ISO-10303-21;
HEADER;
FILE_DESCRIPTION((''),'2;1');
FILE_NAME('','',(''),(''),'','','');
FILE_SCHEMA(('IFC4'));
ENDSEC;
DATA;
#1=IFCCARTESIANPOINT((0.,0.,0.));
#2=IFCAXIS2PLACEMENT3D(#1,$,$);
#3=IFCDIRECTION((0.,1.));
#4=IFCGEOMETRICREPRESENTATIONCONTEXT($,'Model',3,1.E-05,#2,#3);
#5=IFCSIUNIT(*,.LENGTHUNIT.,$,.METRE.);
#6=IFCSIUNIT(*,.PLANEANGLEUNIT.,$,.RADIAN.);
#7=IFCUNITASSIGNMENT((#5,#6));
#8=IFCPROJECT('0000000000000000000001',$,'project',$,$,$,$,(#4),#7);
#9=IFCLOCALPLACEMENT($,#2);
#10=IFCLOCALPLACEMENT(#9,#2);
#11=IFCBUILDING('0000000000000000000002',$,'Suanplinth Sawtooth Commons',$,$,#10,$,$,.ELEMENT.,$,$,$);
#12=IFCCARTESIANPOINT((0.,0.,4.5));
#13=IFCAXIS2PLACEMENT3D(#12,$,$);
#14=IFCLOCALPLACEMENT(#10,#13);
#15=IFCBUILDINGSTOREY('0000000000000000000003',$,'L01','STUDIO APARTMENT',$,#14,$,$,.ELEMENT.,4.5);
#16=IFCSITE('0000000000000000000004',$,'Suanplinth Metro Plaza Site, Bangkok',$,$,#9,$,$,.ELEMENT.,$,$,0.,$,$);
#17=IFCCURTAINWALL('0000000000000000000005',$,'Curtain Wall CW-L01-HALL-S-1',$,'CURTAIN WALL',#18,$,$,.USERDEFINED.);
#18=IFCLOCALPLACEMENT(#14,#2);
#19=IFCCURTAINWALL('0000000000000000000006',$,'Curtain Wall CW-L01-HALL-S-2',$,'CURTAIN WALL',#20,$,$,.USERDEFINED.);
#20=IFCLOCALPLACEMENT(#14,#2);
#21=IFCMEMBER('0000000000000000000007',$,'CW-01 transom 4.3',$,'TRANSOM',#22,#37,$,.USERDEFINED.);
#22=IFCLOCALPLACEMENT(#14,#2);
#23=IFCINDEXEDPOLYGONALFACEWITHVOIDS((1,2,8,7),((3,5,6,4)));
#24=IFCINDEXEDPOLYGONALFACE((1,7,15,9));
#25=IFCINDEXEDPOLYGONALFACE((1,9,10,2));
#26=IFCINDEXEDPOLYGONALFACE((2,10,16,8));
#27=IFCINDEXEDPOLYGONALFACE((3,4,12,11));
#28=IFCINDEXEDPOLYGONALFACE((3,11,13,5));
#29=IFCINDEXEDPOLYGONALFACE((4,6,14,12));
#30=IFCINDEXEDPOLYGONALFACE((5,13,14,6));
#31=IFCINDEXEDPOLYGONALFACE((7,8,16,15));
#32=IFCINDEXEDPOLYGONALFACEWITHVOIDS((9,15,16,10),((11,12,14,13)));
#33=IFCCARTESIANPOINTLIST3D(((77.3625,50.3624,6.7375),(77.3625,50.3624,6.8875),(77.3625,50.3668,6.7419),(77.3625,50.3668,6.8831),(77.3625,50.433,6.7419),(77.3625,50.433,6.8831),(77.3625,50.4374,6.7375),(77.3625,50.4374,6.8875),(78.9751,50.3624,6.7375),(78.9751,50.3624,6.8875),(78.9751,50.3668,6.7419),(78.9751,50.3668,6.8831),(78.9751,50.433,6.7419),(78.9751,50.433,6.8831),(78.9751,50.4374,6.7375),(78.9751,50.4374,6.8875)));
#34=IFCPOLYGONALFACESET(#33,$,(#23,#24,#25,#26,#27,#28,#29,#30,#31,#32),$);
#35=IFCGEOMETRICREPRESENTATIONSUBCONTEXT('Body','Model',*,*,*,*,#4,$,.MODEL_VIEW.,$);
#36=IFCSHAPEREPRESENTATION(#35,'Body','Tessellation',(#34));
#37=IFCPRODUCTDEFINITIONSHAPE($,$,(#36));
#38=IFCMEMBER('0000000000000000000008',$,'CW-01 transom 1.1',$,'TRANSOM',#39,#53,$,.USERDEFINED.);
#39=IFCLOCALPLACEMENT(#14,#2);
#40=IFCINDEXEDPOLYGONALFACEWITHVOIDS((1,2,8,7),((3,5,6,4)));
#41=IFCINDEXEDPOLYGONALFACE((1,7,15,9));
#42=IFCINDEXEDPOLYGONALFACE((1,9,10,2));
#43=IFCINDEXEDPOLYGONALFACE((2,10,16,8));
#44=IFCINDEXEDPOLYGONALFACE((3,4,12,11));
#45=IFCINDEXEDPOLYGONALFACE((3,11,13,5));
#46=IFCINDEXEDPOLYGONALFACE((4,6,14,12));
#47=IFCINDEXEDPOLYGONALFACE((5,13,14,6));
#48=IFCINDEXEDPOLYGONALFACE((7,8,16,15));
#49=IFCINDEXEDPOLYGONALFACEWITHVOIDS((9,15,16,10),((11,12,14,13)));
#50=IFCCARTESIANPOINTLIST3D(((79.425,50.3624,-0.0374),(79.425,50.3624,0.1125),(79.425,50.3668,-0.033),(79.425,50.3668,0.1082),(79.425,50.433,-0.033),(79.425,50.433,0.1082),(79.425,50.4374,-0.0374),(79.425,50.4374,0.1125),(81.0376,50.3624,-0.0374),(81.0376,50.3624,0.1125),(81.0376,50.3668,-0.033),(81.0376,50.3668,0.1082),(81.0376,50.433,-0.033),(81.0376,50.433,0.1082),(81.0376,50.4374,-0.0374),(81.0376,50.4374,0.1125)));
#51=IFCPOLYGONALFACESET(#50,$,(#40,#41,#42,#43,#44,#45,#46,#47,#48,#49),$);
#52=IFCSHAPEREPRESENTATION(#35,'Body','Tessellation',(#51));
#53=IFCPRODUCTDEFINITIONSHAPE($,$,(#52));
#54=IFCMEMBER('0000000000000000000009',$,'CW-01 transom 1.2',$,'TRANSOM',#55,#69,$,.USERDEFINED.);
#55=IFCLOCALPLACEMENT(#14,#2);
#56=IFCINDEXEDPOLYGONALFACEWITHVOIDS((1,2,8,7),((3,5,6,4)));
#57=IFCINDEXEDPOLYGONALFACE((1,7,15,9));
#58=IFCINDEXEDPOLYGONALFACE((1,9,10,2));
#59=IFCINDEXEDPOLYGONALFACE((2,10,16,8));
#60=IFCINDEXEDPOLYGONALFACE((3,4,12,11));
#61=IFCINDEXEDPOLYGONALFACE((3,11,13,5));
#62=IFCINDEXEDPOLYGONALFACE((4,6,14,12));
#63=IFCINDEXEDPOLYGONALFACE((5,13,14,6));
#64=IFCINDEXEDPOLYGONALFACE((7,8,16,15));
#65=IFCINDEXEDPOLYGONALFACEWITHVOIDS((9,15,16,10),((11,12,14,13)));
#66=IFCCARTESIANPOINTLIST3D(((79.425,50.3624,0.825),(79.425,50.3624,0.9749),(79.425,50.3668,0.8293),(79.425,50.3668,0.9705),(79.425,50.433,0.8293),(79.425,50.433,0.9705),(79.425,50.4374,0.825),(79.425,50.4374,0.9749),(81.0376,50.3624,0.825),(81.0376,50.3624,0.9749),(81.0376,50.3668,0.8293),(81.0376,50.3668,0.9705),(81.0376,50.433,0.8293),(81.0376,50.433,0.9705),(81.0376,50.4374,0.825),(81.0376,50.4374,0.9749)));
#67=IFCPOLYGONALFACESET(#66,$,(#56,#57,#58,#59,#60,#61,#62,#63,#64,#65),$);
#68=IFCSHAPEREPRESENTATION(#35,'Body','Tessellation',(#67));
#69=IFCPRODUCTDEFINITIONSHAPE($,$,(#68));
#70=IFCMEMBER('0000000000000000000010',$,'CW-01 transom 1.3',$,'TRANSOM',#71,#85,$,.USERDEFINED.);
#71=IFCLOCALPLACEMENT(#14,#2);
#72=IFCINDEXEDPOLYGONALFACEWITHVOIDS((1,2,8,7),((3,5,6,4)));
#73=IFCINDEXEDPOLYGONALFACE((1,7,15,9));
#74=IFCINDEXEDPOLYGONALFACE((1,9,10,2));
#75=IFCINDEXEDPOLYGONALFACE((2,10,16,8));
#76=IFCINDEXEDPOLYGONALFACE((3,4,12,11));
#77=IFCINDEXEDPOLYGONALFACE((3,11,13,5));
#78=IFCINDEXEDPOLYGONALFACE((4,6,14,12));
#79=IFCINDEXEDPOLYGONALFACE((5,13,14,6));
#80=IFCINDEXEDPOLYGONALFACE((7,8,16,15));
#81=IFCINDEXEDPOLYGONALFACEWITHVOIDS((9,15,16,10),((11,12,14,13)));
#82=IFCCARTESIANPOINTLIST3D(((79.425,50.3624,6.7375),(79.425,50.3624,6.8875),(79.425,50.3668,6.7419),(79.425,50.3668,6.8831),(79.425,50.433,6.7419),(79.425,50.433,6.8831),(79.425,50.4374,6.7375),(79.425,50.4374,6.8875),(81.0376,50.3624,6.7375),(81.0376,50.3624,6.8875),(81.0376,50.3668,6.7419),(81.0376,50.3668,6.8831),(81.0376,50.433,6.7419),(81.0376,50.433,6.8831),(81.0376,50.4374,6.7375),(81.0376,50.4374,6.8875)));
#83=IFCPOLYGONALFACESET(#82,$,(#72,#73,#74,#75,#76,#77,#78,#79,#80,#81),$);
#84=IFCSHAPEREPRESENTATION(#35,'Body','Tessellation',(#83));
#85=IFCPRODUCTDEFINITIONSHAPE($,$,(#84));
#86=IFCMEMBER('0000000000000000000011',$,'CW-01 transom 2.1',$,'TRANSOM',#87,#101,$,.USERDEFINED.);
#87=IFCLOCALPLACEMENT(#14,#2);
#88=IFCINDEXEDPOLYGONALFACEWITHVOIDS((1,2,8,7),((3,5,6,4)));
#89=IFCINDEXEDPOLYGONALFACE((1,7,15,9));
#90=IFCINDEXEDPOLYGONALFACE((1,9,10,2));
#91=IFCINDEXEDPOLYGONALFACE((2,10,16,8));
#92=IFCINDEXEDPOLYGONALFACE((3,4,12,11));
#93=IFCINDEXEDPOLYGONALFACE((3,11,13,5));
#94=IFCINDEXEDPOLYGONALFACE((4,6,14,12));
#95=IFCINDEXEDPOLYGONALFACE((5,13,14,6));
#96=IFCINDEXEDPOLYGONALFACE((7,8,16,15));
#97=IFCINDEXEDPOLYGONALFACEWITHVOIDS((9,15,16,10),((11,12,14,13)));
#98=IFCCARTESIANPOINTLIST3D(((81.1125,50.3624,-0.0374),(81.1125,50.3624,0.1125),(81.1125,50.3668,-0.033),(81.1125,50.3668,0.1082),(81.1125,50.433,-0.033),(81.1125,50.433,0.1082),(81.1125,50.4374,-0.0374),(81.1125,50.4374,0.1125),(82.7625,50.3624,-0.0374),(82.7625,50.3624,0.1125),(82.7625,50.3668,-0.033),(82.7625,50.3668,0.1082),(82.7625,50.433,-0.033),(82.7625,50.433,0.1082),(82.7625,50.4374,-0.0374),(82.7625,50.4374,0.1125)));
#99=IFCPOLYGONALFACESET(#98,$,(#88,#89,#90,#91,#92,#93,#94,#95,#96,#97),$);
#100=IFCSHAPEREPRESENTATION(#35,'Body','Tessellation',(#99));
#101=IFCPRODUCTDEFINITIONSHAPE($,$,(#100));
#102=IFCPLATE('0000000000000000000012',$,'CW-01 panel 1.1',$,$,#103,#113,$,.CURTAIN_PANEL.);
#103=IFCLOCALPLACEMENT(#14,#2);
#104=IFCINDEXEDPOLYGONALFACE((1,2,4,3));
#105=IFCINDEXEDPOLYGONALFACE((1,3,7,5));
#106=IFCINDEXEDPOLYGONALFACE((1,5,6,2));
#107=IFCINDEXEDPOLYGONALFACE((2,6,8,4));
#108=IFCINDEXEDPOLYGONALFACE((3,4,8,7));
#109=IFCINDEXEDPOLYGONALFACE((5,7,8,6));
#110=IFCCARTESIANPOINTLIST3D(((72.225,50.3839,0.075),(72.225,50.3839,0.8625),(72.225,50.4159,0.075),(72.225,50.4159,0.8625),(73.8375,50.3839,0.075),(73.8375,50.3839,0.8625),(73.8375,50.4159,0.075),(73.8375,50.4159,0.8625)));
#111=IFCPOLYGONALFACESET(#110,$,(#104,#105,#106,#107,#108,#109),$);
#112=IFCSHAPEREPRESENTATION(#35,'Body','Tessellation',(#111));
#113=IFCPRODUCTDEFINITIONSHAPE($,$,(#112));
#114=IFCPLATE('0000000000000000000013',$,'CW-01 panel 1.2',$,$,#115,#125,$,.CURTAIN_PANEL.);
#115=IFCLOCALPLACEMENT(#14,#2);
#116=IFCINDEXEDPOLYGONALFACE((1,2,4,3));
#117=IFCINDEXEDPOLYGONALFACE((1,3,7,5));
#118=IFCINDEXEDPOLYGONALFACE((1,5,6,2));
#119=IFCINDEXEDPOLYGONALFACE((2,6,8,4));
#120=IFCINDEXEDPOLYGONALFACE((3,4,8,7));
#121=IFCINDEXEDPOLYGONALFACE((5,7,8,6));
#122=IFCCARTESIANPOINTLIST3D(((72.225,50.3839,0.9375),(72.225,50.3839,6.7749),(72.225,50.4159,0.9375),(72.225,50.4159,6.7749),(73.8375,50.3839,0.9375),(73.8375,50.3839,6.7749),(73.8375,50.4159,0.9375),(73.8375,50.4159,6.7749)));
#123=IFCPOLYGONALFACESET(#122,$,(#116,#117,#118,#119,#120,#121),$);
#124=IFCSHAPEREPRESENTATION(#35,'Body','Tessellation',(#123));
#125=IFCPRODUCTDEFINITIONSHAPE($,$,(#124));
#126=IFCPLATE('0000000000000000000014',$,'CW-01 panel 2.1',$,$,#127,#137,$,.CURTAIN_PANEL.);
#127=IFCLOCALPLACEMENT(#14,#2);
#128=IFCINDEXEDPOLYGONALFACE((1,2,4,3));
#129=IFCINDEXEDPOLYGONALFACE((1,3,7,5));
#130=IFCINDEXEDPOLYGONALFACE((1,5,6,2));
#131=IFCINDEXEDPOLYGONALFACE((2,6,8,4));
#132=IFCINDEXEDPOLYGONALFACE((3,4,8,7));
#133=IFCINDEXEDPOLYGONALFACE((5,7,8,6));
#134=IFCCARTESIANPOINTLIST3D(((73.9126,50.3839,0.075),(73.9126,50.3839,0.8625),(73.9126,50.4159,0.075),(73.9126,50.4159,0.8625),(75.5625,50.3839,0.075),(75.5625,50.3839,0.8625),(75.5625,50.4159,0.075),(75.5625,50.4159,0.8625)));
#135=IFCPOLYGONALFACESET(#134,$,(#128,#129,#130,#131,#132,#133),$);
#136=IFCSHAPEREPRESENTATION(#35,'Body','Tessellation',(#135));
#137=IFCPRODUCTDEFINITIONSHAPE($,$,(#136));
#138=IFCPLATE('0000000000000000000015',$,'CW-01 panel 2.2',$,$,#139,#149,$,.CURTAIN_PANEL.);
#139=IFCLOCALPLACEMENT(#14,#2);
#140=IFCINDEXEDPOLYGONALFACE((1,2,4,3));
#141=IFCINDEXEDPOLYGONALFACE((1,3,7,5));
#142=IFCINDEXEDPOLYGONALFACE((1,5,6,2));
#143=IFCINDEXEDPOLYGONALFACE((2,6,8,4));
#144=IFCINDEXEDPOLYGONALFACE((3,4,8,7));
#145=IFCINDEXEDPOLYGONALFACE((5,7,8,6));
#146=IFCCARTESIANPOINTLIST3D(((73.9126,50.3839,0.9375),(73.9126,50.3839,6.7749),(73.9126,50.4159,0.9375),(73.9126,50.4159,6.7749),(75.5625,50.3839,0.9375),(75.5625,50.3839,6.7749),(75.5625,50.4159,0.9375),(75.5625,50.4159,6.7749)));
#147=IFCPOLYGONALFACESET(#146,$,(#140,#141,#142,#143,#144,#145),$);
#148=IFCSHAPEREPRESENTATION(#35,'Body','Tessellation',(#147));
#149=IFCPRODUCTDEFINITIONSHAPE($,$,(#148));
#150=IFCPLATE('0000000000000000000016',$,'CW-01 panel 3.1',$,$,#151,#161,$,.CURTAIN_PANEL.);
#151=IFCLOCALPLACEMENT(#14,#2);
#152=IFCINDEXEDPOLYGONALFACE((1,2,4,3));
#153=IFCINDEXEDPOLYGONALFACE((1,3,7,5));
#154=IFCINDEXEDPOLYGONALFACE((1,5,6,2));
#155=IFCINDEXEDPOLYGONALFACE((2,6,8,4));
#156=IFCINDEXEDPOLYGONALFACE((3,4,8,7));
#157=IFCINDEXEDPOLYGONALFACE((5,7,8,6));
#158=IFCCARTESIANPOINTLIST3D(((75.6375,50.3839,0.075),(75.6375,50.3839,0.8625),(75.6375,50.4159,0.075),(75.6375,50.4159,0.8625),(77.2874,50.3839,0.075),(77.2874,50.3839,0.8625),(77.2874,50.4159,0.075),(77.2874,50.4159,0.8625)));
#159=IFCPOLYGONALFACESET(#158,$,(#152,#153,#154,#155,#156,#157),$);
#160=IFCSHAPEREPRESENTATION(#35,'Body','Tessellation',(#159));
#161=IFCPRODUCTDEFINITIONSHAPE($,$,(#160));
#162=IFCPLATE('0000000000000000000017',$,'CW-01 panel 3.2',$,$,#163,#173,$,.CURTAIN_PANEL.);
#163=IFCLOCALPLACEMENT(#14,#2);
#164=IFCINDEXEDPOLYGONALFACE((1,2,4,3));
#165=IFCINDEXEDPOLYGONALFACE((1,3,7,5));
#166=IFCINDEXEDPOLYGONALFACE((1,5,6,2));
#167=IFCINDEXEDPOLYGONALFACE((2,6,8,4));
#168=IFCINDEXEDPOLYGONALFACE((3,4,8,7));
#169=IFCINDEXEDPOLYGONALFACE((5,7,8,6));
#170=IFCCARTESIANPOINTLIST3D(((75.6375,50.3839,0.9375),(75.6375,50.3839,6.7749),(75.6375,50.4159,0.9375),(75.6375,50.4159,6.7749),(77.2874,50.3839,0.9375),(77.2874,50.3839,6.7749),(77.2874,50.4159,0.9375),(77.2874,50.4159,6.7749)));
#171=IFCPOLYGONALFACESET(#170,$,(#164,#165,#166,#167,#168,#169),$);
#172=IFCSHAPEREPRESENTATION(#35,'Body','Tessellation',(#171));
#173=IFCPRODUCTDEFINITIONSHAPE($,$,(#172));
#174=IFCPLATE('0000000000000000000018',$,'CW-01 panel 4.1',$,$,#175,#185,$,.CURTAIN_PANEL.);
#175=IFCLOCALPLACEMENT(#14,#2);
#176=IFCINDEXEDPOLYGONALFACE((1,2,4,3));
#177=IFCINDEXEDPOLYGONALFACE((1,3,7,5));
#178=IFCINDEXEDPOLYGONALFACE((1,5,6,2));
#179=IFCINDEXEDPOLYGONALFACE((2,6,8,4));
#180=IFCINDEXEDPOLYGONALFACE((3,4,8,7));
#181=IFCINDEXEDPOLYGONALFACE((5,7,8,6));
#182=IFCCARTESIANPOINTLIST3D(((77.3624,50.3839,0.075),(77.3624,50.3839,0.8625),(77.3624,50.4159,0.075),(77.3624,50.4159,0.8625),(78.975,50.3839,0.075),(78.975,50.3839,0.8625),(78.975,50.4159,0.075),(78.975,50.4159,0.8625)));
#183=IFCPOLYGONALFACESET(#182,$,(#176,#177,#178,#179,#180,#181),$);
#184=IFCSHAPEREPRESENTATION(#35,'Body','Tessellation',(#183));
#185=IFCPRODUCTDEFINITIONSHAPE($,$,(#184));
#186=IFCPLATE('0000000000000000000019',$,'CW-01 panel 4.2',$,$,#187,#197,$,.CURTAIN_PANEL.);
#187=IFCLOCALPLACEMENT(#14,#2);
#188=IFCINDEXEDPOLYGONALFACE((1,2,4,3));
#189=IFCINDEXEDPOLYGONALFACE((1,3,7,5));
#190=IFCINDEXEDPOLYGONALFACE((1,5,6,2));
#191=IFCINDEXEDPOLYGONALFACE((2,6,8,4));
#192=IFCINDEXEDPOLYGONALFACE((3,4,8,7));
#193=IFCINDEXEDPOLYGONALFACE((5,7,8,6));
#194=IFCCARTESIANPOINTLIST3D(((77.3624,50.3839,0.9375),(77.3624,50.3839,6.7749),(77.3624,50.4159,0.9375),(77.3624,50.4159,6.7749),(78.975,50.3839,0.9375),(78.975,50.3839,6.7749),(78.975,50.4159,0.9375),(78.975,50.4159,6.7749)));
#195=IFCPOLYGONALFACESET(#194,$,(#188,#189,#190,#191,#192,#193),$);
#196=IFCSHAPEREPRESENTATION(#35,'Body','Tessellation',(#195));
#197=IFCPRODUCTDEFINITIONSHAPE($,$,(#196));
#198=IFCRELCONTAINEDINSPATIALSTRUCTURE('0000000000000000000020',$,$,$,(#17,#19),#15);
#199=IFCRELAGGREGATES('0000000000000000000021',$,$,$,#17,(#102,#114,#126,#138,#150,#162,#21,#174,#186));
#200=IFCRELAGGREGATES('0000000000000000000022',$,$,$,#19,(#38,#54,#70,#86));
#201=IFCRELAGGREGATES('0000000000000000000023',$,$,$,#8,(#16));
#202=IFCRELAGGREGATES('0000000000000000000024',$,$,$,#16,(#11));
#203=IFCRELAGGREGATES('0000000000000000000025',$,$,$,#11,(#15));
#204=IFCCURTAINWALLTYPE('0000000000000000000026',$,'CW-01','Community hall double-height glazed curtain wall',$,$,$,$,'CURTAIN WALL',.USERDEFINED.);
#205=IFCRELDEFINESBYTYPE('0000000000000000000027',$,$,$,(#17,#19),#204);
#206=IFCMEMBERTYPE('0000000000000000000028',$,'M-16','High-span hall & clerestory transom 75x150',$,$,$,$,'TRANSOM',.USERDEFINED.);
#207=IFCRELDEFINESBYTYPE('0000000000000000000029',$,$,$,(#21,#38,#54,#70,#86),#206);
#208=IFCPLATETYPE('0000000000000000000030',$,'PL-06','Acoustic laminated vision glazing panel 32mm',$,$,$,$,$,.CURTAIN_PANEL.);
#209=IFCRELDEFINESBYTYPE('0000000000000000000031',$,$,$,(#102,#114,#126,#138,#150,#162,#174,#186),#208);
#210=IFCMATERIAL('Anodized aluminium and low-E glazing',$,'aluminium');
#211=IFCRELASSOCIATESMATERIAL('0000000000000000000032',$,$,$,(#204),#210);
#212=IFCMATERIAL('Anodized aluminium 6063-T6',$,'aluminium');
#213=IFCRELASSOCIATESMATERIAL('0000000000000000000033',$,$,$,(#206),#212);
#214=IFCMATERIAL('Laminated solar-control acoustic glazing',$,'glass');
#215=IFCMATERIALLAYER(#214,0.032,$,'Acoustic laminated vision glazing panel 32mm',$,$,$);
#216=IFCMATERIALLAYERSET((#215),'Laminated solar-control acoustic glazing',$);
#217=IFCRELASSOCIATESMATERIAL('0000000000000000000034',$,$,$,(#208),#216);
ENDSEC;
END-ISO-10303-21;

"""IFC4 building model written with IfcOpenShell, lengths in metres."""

from ifc_helpers import new_model, si_unit, direction, frame, origin, origin_2d, place, context, subcontext, project, spatial, rectangle, hollow_rectangle, extrude, material, layer, layer_set, material_profile, profile_set, type_object, element, aggregate, save


model = new_model("IFC4")

# Units and contexts
model_context = context("Model", 3, precision=1e-05, world=origin(), true_north=direction((0.0, 1.0)))
body_context = subcontext(model_context, "Body", "Model", "MODEL_VIEW")
ifc_project = project(units=[si_unit("LENGTHUNIT", "METRE"), si_unit("PLANEANGLEUNIT", "RADIAN")], contexts=[model_context])

# Site, building, storey
site_placement = place(None, origin())
site = spatial("IfcSite", under=ifc_project, at=site_placement, Name="Suanplinth Metro Plaza Site, Bangkok", CompositionType="ELEMENT", RefElevation=0.0)
building_placement = place(site_placement, origin())
building = spatial("IfcBuilding", under=site, at=building_placement, Name="Suanplinth Sawtooth Commons", CompositionType="ELEMENT")
storey_placement = place(building_placement, frame((0.0, 0.0, 4.5)))
storey = spatial("IfcBuildingStorey", under=building, at=storey_placement, Name="L01", Description="STUDIO APARTMENT", CompositionType="ELEMENT", Elevation=4.5)

# Curtain walls
ifc_material_1 = material(Name="Anodized aluminium and low-E glazing", Category="aluminium")
curtain_wall_type = type_object("IfcCurtainWallType", Name="CW-01", Description="Community hall double-height glazed curtain wall", ElementType="CURTAIN WALL", PredefinedType="USERDEFINED", material=ifc_material_1)
curtain_wall_1_placement = place(storey_placement, origin())
curtain_wall_1 = element("IfcCurtainWall", 1, at=curtain_wall_1_placement, inside=storey, type_object=curtain_wall_type, Name="Curtain Wall CW-L01-HALL-S-1", ObjectType="CURTAIN WALL", PredefinedType="USERDEFINED")
ifc_material_2 = material(Name="Anodized aluminium 6063-T6", Category="aluminium")
curtain_wall_2_placement = place(storey_placement, origin())
curtain_wall_2 = element("IfcCurtainWall", 2, at=curtain_wall_2_placement, inside=storey, type_object=curtain_wall_type, Name="Curtain Wall CW-L01-HALL-S-2", ObjectType="CURTAIN WALL", PredefinedType="USERDEFINED")

# Members
ifc_material_profile_1 = material_profile(ifc_material_2, hollow_rectangle(XDim=0.075, YDim=0.1499, WallThickness=0.0044, at=origin_2d()), Name="ALU-TRN 75x150")
ifc_profile_set_1 = profile_set([ifc_material_profile_1], Name="Anodized aluminium 6063-T6")
member_type_1 = type_object("IfcMemberType", Name="M-16", Description="High-span hall & clerestory transom 75x150", ElementType="TRANSOM", PredefinedType="USERDEFINED", material=ifc_profile_set_1)
member_1_placement = place(storey_placement, frame((77.3625, 50.3999, 6.8125), z_axis=(1.0, 0.0, 0.0), x_axis=(0.0, 1.0, 0.0)))
member_1 = element("IfcMember", 3, at=member_1_placement, type_object=member_type_1, Name="CW-01 transom 4.3", ObjectType="TRANSOM", PredefinedType="USERDEFINED", context=body_context, shape_type="SweptSolid", body=[
    extrude(hollow_rectangle(XDim=0.075, YDim=0.1499, WallThickness=0.0044, at=origin_2d()), origin(), (0.0, 0.0, 1.0), 1.6125),
])
member_2_placement = place(storey_placement, frame((79.425, 50.3999, 0.0376), z_axis=(1.0, 0.0, 0.0), x_axis=(0.0, 1.0, 0.0)))
member_2 = element("IfcMember", 4, at=member_2_placement, type_object=member_type_1, Name="CW-01 transom 1.1", ObjectType="TRANSOM", PredefinedType="USERDEFINED", context=body_context, shape_type="SweptSolid", body=[
    extrude(hollow_rectangle(XDim=0.075, YDim=0.1499, WallThickness=0.0044, at=origin_2d()), origin(), (0.0, 0.0, 1.0), 1.6125),
])
member_3_placement = place(storey_placement, frame((79.425, 50.3999, 0.8999), z_axis=(1.0, 0.0, 0.0), x_axis=(0.0, 1.0, 0.0)))
member_3 = element("IfcMember", 5, at=member_3_placement, type_object=member_type_1, Name="CW-01 transom 1.2", ObjectType="TRANSOM", PredefinedType="USERDEFINED", context=body_context, shape_type="SweptSolid", body=[
    extrude(hollow_rectangle(XDim=0.075, YDim=0.1499, WallThickness=0.0044, at=origin_2d()), origin(), (0.0, 0.0, 1.0), 1.6125),
])
member_4_placement = place(storey_placement, frame((79.425, 50.3999, 6.8125), z_axis=(1.0, 0.0, 0.0), x_axis=(0.0, 1.0, 0.0)))
member_4 = element("IfcMember", 6, at=member_4_placement, type_object=member_type_1, Name="CW-01 transom 1.3", ObjectType="TRANSOM", PredefinedType="USERDEFINED", context=body_context, shape_type="SweptSolid", body=[
    extrude(hollow_rectangle(XDim=0.075, YDim=0.1499, WallThickness=0.0044, at=origin_2d()), origin(), (0.0, 0.0, 1.0), 1.6125),
])
member_5_placement = place(storey_placement, frame((81.1125, 50.3999, 0.0376), z_axis=(1.0, 0.0, 0.0), x_axis=(0.0, 1.0, 0.0)))
member_5 = element("IfcMember", 7, at=member_5_placement, type_object=member_type_1, Name="CW-01 transom 2.1", ObjectType="TRANSOM", PredefinedType="USERDEFINED", context=body_context, shape_type="SweptSolid", body=[
    extrude(hollow_rectangle(XDim=0.075, YDim=0.1499, WallThickness=0.0044, at=origin_2d()), origin(), (0.0, 0.0, 1.0), 1.6499),
])

# Plates
ifc_material_3 = material(Name="Laminated solar-control acoustic glazing", Category="glass")
ifc_layer = layer(ifc_material_3, 0.032, Name="Acoustic laminated vision glazing panel 32mm")
ifc_layer_set = layer_set([ifc_layer], Name="Laminated solar-control acoustic glazing")
plate_type = type_object("IfcPlateType", Name="PL-06", Description="Acoustic laminated vision glazing panel 32mm", PredefinedType="CURTAIN_PANEL", material=ifc_layer_set)
plate_1_placement = place(storey_placement, frame((73.0312, 50.3999, 0.075), z_axis=(0.0, 0.0, 1.0), x_axis=(1.0, 0.0, 0.0)))
plate_1 = element("IfcPlate", 8, at=plate_1_placement, type_object=plate_type, Name="CW-01 panel 1.1", PredefinedType="CURTAIN_PANEL", context=body_context, shape_type="SweptSolid", body=[
    extrude(rectangle(XDim=1.6125, YDim=0.032, at=origin_2d()), origin(), (0.0, 0.0, 1.0), 0.7876),
])
plate_2_placement = place(storey_placement, frame((73.0312, 50.3999, 0.9375), z_axis=(0.0, 0.0, 1.0), x_axis=(1.0, 0.0, 0.0)))
plate_2 = element("IfcPlate", 9, at=plate_2_placement, type_object=plate_type, Name="CW-01 panel 1.2", PredefinedType="CURTAIN_PANEL", context=body_context, shape_type="SweptSolid", body=[
    extrude(rectangle(XDim=1.6125, YDim=0.032, at=origin_2d()), origin(), (0.0, 0.0, 1.0), 5.8374),
])
plate_3_placement = place(storey_placement, frame((74.7375, 50.3999, 0.075), z_axis=(0.0, 0.0, 1.0), x_axis=(1.0, 0.0, 0.0)))
plate_3 = element("IfcPlate", 10, at=plate_3_placement, type_object=plate_type, Name="CW-01 panel 2.1", PredefinedType="CURTAIN_PANEL", context=body_context, shape_type="SweptSolid", body=[
    extrude(rectangle(XDim=1.6499, YDim=0.032, at=origin_2d()), origin(), (0.0, 0.0, 1.0), 0.7876),
])
plate_4_placement = place(storey_placement, frame((74.7375, 50.3999, 0.9375), z_axis=(0.0, 0.0, 1.0), x_axis=(1.0, 0.0, 0.0)))
plate_4 = element("IfcPlate", 11, at=plate_4_placement, type_object=plate_type, Name="CW-01 panel 2.2", PredefinedType="CURTAIN_PANEL", context=body_context, shape_type="SweptSolid", body=[
    extrude(rectangle(XDim=1.6499, YDim=0.032, at=origin_2d()), origin(), (0.0, 0.0, 1.0), 5.8374),
])
plate_5_placement = place(storey_placement, frame((76.4624, 50.3999, 0.075), z_axis=(0.0, 0.0, 1.0), x_axis=(1.0, 0.0, 0.0)))
plate_5 = element("IfcPlate", 12, at=plate_5_placement, type_object=plate_type, Name="CW-01 panel 3.1", PredefinedType="CURTAIN_PANEL", context=body_context, shape_type="SweptSolid", body=[
    extrude(rectangle(XDim=1.6499, YDim=0.032, at=origin_2d()), origin(), (0.0, 0.0, 1.0), 0.7876),
])
plate_6_placement = place(storey_placement, frame((76.4624, 50.3999, 0.9375), z_axis=(0.0, 0.0, 1.0), x_axis=(1.0, 0.0, 0.0)))
plate_6 = element("IfcPlate", 13, at=plate_6_placement, type_object=plate_type, Name="CW-01 panel 3.2", PredefinedType="CURTAIN_PANEL", context=body_context, shape_type="SweptSolid", body=[
    extrude(rectangle(XDim=1.6499, YDim=0.032, at=origin_2d()), origin(), (0.0, 0.0, 1.0), 5.8374),
])
plate_7_placement = place(storey_placement, frame((78.1687, 50.3999, 0.075), z_axis=(0.0, 0.0, 1.0), x_axis=(1.0, 0.0, 0.0)))
plate_7 = element("IfcPlate", 14, at=plate_7_placement, type_object=plate_type, Name="CW-01 panel 4.1", PredefinedType="CURTAIN_PANEL", context=body_context, shape_type="SweptSolid", body=[
    extrude(rectangle(XDim=1.6125, YDim=0.032, at=origin_2d()), origin(), (0.0, 0.0, 1.0), 0.7876),
])
plate_8_placement = place(storey_placement, frame((78.1687, 50.3999, 0.9375), z_axis=(0.0, 0.0, 1.0), x_axis=(1.0, 0.0, 0.0)))
plate_8 = element("IfcPlate", 15, at=plate_8_placement, type_object=plate_type, Name="CW-01 panel 4.2", PredefinedType="CURTAIN_PANEL", context=body_context, shape_type="SweptSolid", body=[
    extrude(rectangle(XDim=1.6125, YDim=0.032, at=origin_2d()), origin(), (0.0, 0.0, 1.0), 5.8374),
])
aggregate(curtain_wall_1, [plate_1, plate_2, plate_3, plate_4, plate_5, plate_6, member_1, plate_7, plate_8])
aggregate(curtain_wall_2, [member_2, member_3, member_4, member_5])

save(model, "model.ifc")
